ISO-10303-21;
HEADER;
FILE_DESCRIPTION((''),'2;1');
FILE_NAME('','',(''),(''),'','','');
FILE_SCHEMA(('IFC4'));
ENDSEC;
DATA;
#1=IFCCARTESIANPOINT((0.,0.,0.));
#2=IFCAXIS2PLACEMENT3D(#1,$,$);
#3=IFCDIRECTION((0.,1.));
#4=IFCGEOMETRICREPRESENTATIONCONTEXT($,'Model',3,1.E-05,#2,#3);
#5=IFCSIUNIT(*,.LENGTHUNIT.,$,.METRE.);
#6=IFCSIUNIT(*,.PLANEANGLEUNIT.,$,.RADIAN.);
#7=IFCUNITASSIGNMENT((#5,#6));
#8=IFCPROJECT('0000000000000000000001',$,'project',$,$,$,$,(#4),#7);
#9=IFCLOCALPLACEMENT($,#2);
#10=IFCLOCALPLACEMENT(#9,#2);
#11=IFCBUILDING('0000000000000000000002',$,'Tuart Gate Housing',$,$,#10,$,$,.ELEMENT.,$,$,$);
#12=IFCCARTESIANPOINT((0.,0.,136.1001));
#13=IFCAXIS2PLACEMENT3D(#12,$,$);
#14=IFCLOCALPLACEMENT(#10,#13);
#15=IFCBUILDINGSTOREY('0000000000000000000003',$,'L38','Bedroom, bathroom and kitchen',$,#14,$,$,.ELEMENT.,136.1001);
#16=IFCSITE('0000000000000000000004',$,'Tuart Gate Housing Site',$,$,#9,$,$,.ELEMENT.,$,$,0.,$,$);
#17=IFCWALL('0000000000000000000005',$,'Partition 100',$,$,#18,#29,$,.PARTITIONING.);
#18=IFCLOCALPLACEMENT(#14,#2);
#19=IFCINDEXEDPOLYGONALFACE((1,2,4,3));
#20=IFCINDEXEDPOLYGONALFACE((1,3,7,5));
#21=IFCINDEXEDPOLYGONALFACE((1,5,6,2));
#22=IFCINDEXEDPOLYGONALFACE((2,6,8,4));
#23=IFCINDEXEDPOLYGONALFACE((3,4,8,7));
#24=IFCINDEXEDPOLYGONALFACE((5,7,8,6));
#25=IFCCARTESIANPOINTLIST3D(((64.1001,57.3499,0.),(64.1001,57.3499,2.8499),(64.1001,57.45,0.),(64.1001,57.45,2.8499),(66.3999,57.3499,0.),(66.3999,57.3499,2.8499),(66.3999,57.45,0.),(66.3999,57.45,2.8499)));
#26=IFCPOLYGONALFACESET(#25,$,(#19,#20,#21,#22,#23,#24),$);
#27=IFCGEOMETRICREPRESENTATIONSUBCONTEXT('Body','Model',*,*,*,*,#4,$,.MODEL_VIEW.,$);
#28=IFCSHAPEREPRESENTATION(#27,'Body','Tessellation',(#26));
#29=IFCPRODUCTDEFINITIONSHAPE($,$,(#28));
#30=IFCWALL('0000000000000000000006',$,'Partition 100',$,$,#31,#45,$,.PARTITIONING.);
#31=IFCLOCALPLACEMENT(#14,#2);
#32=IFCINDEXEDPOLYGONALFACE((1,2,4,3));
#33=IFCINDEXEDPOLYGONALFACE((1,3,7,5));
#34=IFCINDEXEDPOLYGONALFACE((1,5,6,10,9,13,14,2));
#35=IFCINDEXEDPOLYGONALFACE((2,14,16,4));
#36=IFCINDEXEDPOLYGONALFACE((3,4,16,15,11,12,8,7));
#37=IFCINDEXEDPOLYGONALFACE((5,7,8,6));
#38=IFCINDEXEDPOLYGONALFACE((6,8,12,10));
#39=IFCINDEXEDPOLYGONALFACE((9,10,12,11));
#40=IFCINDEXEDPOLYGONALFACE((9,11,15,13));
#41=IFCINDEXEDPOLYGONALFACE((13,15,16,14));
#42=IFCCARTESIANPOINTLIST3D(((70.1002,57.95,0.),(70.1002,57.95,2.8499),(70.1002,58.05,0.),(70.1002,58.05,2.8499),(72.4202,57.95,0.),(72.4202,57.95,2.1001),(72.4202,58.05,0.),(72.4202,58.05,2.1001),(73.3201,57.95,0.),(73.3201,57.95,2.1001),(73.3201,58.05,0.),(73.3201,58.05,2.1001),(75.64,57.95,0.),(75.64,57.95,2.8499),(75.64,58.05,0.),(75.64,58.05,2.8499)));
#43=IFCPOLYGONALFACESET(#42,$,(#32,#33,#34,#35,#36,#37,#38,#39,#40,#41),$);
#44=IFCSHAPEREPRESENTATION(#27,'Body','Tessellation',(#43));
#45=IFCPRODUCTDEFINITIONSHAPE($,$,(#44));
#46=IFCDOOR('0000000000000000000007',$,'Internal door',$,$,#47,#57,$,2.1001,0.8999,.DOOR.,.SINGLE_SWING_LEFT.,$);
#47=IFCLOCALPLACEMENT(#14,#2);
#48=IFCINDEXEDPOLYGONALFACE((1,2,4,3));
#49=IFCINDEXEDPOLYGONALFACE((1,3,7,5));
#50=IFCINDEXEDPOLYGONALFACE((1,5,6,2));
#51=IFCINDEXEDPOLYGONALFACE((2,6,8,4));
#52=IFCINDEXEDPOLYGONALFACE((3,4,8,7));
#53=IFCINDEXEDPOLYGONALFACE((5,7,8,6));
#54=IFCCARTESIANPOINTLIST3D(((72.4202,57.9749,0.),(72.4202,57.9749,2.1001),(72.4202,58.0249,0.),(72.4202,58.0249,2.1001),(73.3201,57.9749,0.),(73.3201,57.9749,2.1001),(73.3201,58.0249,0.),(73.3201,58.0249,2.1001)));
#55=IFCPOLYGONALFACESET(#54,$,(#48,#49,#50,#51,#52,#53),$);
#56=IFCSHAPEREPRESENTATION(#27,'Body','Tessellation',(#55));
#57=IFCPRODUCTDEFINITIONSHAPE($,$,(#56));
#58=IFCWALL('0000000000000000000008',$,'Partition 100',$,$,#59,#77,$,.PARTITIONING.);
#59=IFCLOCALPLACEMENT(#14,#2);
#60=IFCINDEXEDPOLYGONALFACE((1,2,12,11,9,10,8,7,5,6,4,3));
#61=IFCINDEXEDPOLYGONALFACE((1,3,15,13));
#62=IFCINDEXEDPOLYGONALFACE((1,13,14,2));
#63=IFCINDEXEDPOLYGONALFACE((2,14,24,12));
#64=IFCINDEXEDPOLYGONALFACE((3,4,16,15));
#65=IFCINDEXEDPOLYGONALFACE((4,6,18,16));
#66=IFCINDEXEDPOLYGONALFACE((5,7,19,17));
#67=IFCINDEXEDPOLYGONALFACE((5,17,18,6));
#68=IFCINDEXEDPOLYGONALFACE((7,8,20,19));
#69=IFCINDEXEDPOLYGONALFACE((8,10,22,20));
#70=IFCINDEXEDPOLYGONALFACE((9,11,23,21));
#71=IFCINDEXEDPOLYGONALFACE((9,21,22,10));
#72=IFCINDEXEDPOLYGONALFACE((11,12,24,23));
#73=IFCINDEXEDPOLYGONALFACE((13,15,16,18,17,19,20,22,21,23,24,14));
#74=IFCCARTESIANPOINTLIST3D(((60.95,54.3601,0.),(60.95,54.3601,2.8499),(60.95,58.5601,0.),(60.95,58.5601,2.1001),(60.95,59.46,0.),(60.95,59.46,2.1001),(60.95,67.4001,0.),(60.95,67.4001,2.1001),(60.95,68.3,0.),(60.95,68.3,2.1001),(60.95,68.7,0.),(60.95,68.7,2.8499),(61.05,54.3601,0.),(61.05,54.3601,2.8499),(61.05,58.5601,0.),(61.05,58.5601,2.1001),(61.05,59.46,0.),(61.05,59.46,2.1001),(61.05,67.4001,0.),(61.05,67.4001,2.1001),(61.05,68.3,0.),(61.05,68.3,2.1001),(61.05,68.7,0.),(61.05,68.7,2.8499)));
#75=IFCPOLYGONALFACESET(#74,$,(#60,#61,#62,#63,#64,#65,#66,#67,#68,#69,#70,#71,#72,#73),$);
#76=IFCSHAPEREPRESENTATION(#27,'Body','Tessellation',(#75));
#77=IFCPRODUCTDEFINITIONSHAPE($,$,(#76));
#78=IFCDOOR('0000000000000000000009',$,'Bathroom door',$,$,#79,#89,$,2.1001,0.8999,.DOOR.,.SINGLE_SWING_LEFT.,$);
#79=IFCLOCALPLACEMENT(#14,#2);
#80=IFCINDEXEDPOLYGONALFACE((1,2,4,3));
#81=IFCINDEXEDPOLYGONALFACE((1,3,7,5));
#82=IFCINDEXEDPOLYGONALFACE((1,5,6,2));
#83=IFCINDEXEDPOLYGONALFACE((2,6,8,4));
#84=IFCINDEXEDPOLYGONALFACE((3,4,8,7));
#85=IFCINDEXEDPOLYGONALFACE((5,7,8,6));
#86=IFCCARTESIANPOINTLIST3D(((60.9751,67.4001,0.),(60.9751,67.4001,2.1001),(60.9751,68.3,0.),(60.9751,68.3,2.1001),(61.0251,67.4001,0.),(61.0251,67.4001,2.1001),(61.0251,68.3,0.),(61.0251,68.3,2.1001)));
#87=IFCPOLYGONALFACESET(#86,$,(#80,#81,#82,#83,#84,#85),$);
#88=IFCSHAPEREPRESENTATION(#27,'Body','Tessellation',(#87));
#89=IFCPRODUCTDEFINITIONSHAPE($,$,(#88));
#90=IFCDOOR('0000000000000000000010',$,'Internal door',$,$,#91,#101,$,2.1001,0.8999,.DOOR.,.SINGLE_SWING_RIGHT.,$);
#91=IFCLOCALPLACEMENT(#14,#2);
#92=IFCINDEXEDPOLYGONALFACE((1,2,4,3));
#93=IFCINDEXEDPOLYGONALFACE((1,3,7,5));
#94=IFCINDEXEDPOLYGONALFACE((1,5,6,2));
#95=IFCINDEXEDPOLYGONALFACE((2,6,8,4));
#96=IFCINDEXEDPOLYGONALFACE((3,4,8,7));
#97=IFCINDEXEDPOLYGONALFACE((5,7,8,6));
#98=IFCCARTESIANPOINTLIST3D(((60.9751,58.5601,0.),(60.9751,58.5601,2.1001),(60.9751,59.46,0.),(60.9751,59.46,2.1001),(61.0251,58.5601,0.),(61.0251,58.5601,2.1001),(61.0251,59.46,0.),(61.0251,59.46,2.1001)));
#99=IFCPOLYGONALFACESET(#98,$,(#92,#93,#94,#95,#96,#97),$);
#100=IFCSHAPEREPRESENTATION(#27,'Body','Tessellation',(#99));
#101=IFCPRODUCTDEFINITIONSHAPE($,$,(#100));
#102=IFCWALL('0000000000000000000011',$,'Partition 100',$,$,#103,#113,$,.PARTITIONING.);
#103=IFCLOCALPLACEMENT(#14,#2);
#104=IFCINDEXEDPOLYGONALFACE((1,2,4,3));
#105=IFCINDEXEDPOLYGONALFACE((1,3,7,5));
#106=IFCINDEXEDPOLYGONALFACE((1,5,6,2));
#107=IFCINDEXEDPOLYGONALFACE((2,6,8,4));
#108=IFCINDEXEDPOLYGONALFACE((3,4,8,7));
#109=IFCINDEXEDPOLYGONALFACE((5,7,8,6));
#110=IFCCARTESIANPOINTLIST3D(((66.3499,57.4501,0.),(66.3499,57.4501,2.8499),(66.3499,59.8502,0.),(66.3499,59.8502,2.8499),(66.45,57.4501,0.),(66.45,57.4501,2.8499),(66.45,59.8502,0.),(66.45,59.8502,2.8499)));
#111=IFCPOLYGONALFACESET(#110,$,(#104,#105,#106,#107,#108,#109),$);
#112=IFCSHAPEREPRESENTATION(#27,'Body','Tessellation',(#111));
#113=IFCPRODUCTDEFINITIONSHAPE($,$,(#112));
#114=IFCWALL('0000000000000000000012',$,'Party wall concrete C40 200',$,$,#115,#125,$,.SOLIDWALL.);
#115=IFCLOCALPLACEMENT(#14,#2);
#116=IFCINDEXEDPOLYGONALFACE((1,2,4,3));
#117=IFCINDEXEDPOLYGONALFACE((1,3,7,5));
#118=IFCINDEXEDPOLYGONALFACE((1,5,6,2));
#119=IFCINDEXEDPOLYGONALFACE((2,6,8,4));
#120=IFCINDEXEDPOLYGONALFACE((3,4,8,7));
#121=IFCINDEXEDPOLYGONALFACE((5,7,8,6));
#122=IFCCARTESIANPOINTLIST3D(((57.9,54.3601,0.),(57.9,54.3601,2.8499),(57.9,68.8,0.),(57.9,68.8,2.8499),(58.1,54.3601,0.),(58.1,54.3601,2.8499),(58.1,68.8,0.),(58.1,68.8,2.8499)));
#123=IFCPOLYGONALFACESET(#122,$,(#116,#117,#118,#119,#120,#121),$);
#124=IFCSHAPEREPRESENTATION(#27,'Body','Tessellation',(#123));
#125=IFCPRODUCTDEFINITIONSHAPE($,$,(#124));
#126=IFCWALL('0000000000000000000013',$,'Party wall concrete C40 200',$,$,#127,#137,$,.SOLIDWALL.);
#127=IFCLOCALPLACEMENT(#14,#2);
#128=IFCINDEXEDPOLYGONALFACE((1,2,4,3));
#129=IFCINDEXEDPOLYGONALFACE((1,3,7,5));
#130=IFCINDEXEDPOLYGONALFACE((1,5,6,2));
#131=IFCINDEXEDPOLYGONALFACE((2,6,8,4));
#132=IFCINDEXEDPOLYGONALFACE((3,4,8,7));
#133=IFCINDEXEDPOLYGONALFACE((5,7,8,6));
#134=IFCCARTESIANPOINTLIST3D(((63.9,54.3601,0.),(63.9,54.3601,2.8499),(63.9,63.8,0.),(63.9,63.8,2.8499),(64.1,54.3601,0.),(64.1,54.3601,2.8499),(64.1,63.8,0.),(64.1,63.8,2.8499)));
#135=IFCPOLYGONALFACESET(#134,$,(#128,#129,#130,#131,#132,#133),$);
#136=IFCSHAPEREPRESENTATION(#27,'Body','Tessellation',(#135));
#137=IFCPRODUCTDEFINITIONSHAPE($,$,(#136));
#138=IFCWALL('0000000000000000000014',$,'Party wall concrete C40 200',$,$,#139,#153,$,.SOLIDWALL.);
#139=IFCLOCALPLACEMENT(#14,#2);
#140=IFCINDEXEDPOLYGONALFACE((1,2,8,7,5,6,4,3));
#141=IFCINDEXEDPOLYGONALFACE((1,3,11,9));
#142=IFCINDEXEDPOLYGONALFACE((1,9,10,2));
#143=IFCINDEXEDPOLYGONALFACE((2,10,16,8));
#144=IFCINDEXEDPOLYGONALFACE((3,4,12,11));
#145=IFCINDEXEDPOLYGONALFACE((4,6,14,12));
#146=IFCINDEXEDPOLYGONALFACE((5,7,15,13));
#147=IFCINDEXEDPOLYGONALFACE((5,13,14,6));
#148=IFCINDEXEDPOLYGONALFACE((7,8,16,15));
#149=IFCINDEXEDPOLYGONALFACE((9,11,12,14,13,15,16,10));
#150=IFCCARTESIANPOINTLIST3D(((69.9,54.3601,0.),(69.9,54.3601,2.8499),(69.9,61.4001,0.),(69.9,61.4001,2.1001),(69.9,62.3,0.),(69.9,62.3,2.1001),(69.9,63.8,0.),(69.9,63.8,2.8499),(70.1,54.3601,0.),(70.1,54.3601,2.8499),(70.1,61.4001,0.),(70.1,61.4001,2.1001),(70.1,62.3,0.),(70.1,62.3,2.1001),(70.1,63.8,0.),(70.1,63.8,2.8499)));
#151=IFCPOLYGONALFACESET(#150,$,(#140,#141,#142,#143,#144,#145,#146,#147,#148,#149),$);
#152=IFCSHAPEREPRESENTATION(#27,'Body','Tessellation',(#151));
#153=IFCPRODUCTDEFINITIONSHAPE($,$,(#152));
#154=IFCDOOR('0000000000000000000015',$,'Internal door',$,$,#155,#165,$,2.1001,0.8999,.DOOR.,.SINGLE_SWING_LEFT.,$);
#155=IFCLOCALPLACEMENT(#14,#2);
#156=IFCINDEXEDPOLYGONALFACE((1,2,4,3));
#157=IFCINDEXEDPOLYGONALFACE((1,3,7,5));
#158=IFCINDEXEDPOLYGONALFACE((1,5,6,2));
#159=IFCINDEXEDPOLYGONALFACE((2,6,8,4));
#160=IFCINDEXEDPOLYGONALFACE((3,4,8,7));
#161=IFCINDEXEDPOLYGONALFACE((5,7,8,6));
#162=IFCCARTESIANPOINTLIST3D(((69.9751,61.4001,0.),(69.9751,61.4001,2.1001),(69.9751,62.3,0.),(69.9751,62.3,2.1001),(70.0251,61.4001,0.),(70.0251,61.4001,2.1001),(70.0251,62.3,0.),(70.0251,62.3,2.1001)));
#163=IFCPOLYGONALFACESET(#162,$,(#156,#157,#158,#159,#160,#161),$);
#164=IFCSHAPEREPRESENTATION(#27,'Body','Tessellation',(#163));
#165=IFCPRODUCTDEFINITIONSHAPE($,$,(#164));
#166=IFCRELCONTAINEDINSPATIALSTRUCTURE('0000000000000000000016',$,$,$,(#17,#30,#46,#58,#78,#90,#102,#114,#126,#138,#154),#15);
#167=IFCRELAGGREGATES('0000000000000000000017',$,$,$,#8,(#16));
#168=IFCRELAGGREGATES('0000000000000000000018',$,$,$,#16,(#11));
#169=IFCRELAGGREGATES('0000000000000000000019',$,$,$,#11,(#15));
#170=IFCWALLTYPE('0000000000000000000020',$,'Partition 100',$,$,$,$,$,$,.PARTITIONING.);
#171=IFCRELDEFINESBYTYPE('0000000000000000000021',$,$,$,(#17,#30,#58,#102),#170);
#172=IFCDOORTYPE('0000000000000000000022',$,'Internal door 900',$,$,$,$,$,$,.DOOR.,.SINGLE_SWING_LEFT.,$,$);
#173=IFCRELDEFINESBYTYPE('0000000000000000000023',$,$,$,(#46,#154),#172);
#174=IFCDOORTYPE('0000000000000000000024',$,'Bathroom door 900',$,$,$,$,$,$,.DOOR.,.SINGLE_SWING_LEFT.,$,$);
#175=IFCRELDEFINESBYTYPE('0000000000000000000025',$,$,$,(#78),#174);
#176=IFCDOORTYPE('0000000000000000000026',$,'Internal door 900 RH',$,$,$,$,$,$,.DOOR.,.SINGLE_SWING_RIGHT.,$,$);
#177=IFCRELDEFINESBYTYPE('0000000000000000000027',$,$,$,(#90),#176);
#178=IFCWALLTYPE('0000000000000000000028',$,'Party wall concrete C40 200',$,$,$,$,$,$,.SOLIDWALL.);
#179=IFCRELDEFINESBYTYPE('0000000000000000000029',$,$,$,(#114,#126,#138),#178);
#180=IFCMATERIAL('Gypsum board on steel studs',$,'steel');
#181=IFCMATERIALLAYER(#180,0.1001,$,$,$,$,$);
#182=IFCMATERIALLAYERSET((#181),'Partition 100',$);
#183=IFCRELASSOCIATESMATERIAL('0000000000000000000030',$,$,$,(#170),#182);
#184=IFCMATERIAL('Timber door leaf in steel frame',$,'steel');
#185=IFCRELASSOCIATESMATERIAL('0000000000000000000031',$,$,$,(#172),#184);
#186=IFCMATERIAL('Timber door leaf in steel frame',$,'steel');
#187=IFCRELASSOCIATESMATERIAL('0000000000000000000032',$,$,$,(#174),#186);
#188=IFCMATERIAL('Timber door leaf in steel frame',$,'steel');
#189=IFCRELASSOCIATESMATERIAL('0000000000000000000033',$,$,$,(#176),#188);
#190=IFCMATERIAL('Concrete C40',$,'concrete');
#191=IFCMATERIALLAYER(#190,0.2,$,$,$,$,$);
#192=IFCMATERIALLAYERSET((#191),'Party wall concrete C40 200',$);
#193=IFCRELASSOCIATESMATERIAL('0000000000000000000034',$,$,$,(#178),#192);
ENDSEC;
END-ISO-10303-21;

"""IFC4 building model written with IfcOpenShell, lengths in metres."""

from ifc_helpers import new_model, si_unit, direction, frame, frame_2d, origin, place, context, subcontext, project, spatial, rectangle, extrude, material, layer, layer_set, type_object, element, fill, save


model = new_model("IFC4")

# Units and contexts
model_context = context("Model", 3, precision=1e-05, world=origin(), true_north=direction((0.0, 1.0)))
body_context = subcontext(model_context, "Body", "Model", "MODEL_VIEW")
ifc_project = project(units=[si_unit("LENGTHUNIT", "METRE"), si_unit("PLANEANGLEUNIT", "RADIAN")], contexts=[model_context])

# Site, building, storey
site_placement = place(None, origin())
site = spatial("IfcSite", under=ifc_project, at=site_placement, Name="Tuart Gate Housing Site", CompositionType="ELEMENT", RefElevation=0.0)
building_placement = place(site_placement, origin())
building = spatial("IfcBuilding", under=site, at=building_placement, Name="Tuart Gate Housing", CompositionType="ELEMENT")
storey_placement = place(building_placement, frame((0.0, 0.0, 136.1001)))
storey = spatial("IfcBuildingStorey", under=building, at=storey_placement, Name="L38", Description="Bedroom, bathroom and kitchen", CompositionType="ELEMENT", Elevation=136.1001)

# Wall
ifc_material_1 = material(Name="Gypsum board on steel studs", Category="steel")
ifc_layer_1 = layer(ifc_material_1, 0.1001)
ifc_layer_set_1 = layer_set([ifc_layer_1], Name="Partition 100")
wall_type_1 = type_object("IfcWallType", Name="Partition 100", PredefinedType="PARTITIONING", material=ifc_layer_set_1)
wall_1_placement = place(storey_placement, frame((64.1001, 57.3999, 0.0), z_axis=(0.0, 0.0, 1.0), x_axis=(1.0, 0.0, 0.0)))
element("IfcWall", 1, at=wall_1_placement, inside=storey, type_object=wall_type_1, Name="Partition 100", PredefinedType="PARTITIONING", context=body_context, shape_type="SweptSolid", body=[
    extrude(rectangle(XDim=2.2998, YDim=0.1001, at=frame_2d((1.1499, 0.0))), origin(), (0.0, 0.0, 1.0), 2.8499),
])

# Wall, opening, door
wall_2_placement = place(storey_placement, frame((70.1001, 58.0, 0.0), z_axis=(0.0, 0.0, 1.0), x_axis=(1.0, 0.0, 0.0)))
wall_2 = element("IfcWall", 2, at=wall_2_placement, inside=storey, type_object=wall_type_1, Name="Partition 100", PredefinedType="PARTITIONING", context=body_context, shape_type="SweptSolid", body=[
    extrude(rectangle(XDim=5.5398, YDim=0.1001, at=frame_2d((2.77, 0.0))), origin(), (0.0, 0.0, 1.0), 2.8499),
])
opening_1_placement = place(wall_2_placement, frame((2.3201, 0.0, 0.0)))
opening_1 = element("IfcOpeningElement", 3, at=opening_1_placement, cuts=wall_2, PredefinedType="OPENING", context=body_context, shape_type="SweptSolid", body=[
    extrude(rectangle(XDim=0.8999, YDim=2.1001, at=frame_2d((0.45, 1.05))), frame((0.0, 0.0601, 0.0), z_axis=(0.0, -1.0, 0.0), x_axis=(1.0, 0.0, 0.0)), (0.0, 0.0, 1.0), 0.1201),
])
ifc_material_2 = material(Name="Timber door leaf in steel frame", Category="steel")
door_type_1 = type_object("IfcDoorType", Name="Internal door 900", OperationType="SINGLE_SWING_LEFT", PredefinedType="DOOR", material=ifc_material_2)
door_1_placement = place(opening_1_placement, frame((0.8999, 0.0, 0.0), z_axis=(0.0, 0.0, 1.0), x_axis=(-1.0, 0.0, 0.0)))
door_1 = element("IfcDoor", 4, at=door_1_placement, inside=storey, type_object=door_type_1, Name="Internal door", OperationType="SINGLE_SWING_LEFT", OverallHeight=2.1001, OverallWidth=0.8999, PredefinedType="DOOR", context=body_context, shape_type="SweptSolid", body=[
    extrude(rectangle(XDim=0.8999, YDim=2.1001, at=frame_2d((0.45, 1.05))), frame((0.0, 0.0251, 0.0), z_axis=(0.0, -1.0, 0.0), x_axis=(1.0, 0.0, 0.0)), (0.0, 0.0, 1.0), 0.05),
])
fill(opening_1, door_1)

# Wall, openings, doors
wall_3_placement = place(storey_placement, frame((61.0, 54.3601, 0.0), z_axis=(0.0, 0.0, 1.0), x_axis=(0.0, 1.0, 0.0)))
wall_3 = element("IfcWall", 5, at=wall_3_placement, inside=storey, type_object=wall_type_1, Name="Partition 100", PredefinedType="PARTITIONING", context=body_context, shape_type="SweptSolid", body=[
    extrude(rectangle(XDim=14.3398, YDim=0.1001, at=frame_2d((7.1699, 0.0))), origin(), (0.0, 0.0, 1.0), 2.8499),
])
opening_2_placement = place(wall_3_placement, frame((4.2, 0.0, 0.0)))
opening_2 = element("IfcOpeningElement", 6, at=opening_2_placement, cuts=wall_3, PredefinedType="OPENING", context=body_context, shape_type="SweptSolid", body=[
    extrude(rectangle(XDim=0.8999, YDim=2.1001, at=frame_2d((0.45, 1.05))), frame((0.0, 0.0601, 0.0), z_axis=(0.0, -1.0, 0.0), x_axis=(1.0, 0.0, 0.0)), (0.0, 0.0, 1.0), 0.1201),
])
opening_3_placement = place(wall_3_placement, frame((13.04, 0.0, 0.0)))
opening_3 = element("IfcOpeningElement", 7, at=opening_3_placement, cuts=wall_3, PredefinedType="OPENING", context=body_context, shape_type="SweptSolid", body=[
    extrude(rectangle(XDim=0.8999, YDim=2.1001, at=frame_2d((0.45, 1.05))), frame((0.0, 0.0601, 0.0), z_axis=(0.0, -1.0, 0.0), x_axis=(1.0, 0.0, 0.0)), (0.0, 0.0, 1.0), 0.1201),
])
ifc_material_3 = material(Name="Timber door leaf in steel frame", Category="steel")
door_type_2 = type_object("IfcDoorType", Name="Bathroom door 900", OperationType="SINGLE_SWING_LEFT", PredefinedType="DOOR", material=ifc_material_3)
door_2_placement = place(opening_3_placement, frame((0.8999, 0.0, 0.0), z_axis=(0.0, 0.0, 1.0), x_axis=(-1.0, 0.0, 0.0)))
door_2 = element("IfcDoor", 8, at=door_2_placement, inside=storey, type_object=door_type_2, Name="Bathroom door", OperationType="SINGLE_SWING_LEFT", OverallHeight=2.1001, OverallWidth=0.8999, PredefinedType="DOOR", context=body_context, shape_type="SweptSolid", body=[
    extrude(rectangle(XDim=0.8999, YDim=2.1001, at=frame_2d((0.45, 1.05))), frame((0.0, 0.0251, 0.0), z_axis=(0.0, -1.0, 0.0), x_axis=(1.0, 0.0, 0.0)), (0.0, 0.0, 1.0), 0.05),
])
fill(opening_3, door_2)
ifc_material_4 = material(Name="Timber door leaf in steel frame", Category="steel")
door_type_3 = type_object("IfcDoorType", Name="Internal door 900 RH", OperationType="SINGLE_SWING_RIGHT", PredefinedType="DOOR", material=ifc_material_4)
door_3_placement = place(opening_2_placement, frame((0.8999, 0.0, 0.0), z_axis=(0.0, 0.0, 1.0), x_axis=(-1.0, 0.0, 0.0)))
door_3 = element("IfcDoor", 9, at=door_3_placement, inside=storey, type_object=door_type_3, Name="Internal door", OperationType="SINGLE_SWING_RIGHT", OverallHeight=2.1001, OverallWidth=0.8999, PredefinedType="DOOR", context=body_context, shape_type="SweptSolid", body=[
    extrude(rectangle(XDim=0.8999, YDim=2.1001, at=frame_2d((0.45, 1.05))), frame((0.0, 0.0251, 0.0), z_axis=(0.0, -1.0, 0.0), x_axis=(1.0, 0.0, 0.0)), (0.0, 0.0, 1.0), 0.05),
])
fill(opening_2, door_3)

# Walls
wall_4_placement = place(storey_placement, frame((66.3999, 57.45, 0.0), z_axis=(0.0, 0.0, 1.0), x_axis=(0.0, 1.0, 0.0)))
element("IfcWall", 10, at=wall_4_placement, inside=storey, type_object=wall_type_1, Name="Partition 100", PredefinedType="PARTITIONING", context=body_context, shape_type="SweptSolid", body=[
    extrude(rectangle(XDim=2.4001, YDim=0.1001, at=frame_2d((1.2002, 0.0))), origin(), (0.0, 0.0, 1.0), 2.8499),
])
ifc_material_5 = material(Name="Concrete C40", Category="concrete")
ifc_layer_2 = layer(ifc_material_5, 0.2)
ifc_layer_set_2 = layer_set([ifc_layer_2], Name="Party wall concrete C40 200")
wall_type_2 = type_object("IfcWallType", Name="Party wall concrete C40 200", PredefinedType="SOLIDWALL", material=ifc_layer_set_2)
wall_5_placement = place(storey_placement, frame((58.0, 54.3601, 0.0), z_axis=(0.0, 0.0, 1.0), x_axis=(0.0, 1.0, 0.0)))
element("IfcWall", 11, at=wall_5_placement, inside=storey, type_object=wall_type_2, Name="Party wall concrete C40 200", PredefinedType="SOLIDWALL", context=body_context, shape_type="SweptSolid", body=[
    extrude(rectangle(XDim=14.4399, YDim=0.2, at=frame_2d((7.22, 0.0))), origin(), (0.0, 0.0, 1.0), 2.8499),
])
wall_6_placement = place(storey_placement, frame((64.0, 54.3601, 0.0), z_axis=(0.0, 0.0, 1.0), x_axis=(0.0, 1.0, 0.0)))
element("IfcWall", 12, at=wall_6_placement, inside=storey, type_object=wall_type_2, Name="Party wall concrete C40 200", PredefinedType="SOLIDWALL", context=body_context, shape_type="SweptSolid", body=[
    extrude(rectangle(XDim=9.4399, YDim=0.2, at=frame_2d((4.72, 0.0))), origin(), (0.0, 0.0, 1.0), 2.8499),
])

# Wall, opening, door
wall_7_placement = place(storey_placement, frame((70.0, 54.3601, 0.0), z_axis=(0.0, 0.0, 1.0), x_axis=(0.0, 1.0, 0.0)))
wall_7 = element("IfcWall", 13, at=wall_7_placement, inside=storey, type_object=wall_type_2, Name="Party wall concrete C40 200", PredefinedType="SOLIDWALL", context=body_context, shape_type="SweptSolid", body=[
    extrude(rectangle(XDim=9.4399, YDim=0.2, at=frame_2d((4.72, 0.0))), origin(), (0.0, 0.0, 1.0), 2.8499),
])
opening_4_placement = place(wall_7_placement, frame((7.04, 0.0, 0.0)))
opening_4 = element("IfcOpeningElement", 14, at=opening_4_placement, cuts=wall_7, PredefinedType="OPENING", context=body_context, shape_type="SweptSolid", body=[
    extrude(rectangle(XDim=0.8999, YDim=2.1001, at=frame_2d((0.45, 1.05))), frame((0.0, 0.1099, 0.0), z_axis=(0.0, -1.0, 0.0), x_axis=(1.0, 0.0, 0.0)), (0.0, 0.0, 1.0), 0.22),
])
door_4_placement = place(opening_4_placement, origin())
door_4 = element("IfcDoor", 15, at=door_4_placement, inside=storey, type_object=door_type_1, Name="Internal door", OperationType="SINGLE_SWING_LEFT", OverallHeight=2.1001, OverallWidth=0.8999, PredefinedType="DOOR", context=body_context, shape_type="SweptSolid", body=[
    extrude(rectangle(XDim=0.8999, YDim=2.1001, at=frame_2d((0.45, 1.05))), frame((0.0, 0.0249, 0.0), z_axis=(0.0, -1.0, 0.0), x_axis=(1.0, 0.0, 0.0)), (0.0, 0.0, 1.0), 0.05),
])
fill(opening_4, door_4)

save(model, "model.ifc")
